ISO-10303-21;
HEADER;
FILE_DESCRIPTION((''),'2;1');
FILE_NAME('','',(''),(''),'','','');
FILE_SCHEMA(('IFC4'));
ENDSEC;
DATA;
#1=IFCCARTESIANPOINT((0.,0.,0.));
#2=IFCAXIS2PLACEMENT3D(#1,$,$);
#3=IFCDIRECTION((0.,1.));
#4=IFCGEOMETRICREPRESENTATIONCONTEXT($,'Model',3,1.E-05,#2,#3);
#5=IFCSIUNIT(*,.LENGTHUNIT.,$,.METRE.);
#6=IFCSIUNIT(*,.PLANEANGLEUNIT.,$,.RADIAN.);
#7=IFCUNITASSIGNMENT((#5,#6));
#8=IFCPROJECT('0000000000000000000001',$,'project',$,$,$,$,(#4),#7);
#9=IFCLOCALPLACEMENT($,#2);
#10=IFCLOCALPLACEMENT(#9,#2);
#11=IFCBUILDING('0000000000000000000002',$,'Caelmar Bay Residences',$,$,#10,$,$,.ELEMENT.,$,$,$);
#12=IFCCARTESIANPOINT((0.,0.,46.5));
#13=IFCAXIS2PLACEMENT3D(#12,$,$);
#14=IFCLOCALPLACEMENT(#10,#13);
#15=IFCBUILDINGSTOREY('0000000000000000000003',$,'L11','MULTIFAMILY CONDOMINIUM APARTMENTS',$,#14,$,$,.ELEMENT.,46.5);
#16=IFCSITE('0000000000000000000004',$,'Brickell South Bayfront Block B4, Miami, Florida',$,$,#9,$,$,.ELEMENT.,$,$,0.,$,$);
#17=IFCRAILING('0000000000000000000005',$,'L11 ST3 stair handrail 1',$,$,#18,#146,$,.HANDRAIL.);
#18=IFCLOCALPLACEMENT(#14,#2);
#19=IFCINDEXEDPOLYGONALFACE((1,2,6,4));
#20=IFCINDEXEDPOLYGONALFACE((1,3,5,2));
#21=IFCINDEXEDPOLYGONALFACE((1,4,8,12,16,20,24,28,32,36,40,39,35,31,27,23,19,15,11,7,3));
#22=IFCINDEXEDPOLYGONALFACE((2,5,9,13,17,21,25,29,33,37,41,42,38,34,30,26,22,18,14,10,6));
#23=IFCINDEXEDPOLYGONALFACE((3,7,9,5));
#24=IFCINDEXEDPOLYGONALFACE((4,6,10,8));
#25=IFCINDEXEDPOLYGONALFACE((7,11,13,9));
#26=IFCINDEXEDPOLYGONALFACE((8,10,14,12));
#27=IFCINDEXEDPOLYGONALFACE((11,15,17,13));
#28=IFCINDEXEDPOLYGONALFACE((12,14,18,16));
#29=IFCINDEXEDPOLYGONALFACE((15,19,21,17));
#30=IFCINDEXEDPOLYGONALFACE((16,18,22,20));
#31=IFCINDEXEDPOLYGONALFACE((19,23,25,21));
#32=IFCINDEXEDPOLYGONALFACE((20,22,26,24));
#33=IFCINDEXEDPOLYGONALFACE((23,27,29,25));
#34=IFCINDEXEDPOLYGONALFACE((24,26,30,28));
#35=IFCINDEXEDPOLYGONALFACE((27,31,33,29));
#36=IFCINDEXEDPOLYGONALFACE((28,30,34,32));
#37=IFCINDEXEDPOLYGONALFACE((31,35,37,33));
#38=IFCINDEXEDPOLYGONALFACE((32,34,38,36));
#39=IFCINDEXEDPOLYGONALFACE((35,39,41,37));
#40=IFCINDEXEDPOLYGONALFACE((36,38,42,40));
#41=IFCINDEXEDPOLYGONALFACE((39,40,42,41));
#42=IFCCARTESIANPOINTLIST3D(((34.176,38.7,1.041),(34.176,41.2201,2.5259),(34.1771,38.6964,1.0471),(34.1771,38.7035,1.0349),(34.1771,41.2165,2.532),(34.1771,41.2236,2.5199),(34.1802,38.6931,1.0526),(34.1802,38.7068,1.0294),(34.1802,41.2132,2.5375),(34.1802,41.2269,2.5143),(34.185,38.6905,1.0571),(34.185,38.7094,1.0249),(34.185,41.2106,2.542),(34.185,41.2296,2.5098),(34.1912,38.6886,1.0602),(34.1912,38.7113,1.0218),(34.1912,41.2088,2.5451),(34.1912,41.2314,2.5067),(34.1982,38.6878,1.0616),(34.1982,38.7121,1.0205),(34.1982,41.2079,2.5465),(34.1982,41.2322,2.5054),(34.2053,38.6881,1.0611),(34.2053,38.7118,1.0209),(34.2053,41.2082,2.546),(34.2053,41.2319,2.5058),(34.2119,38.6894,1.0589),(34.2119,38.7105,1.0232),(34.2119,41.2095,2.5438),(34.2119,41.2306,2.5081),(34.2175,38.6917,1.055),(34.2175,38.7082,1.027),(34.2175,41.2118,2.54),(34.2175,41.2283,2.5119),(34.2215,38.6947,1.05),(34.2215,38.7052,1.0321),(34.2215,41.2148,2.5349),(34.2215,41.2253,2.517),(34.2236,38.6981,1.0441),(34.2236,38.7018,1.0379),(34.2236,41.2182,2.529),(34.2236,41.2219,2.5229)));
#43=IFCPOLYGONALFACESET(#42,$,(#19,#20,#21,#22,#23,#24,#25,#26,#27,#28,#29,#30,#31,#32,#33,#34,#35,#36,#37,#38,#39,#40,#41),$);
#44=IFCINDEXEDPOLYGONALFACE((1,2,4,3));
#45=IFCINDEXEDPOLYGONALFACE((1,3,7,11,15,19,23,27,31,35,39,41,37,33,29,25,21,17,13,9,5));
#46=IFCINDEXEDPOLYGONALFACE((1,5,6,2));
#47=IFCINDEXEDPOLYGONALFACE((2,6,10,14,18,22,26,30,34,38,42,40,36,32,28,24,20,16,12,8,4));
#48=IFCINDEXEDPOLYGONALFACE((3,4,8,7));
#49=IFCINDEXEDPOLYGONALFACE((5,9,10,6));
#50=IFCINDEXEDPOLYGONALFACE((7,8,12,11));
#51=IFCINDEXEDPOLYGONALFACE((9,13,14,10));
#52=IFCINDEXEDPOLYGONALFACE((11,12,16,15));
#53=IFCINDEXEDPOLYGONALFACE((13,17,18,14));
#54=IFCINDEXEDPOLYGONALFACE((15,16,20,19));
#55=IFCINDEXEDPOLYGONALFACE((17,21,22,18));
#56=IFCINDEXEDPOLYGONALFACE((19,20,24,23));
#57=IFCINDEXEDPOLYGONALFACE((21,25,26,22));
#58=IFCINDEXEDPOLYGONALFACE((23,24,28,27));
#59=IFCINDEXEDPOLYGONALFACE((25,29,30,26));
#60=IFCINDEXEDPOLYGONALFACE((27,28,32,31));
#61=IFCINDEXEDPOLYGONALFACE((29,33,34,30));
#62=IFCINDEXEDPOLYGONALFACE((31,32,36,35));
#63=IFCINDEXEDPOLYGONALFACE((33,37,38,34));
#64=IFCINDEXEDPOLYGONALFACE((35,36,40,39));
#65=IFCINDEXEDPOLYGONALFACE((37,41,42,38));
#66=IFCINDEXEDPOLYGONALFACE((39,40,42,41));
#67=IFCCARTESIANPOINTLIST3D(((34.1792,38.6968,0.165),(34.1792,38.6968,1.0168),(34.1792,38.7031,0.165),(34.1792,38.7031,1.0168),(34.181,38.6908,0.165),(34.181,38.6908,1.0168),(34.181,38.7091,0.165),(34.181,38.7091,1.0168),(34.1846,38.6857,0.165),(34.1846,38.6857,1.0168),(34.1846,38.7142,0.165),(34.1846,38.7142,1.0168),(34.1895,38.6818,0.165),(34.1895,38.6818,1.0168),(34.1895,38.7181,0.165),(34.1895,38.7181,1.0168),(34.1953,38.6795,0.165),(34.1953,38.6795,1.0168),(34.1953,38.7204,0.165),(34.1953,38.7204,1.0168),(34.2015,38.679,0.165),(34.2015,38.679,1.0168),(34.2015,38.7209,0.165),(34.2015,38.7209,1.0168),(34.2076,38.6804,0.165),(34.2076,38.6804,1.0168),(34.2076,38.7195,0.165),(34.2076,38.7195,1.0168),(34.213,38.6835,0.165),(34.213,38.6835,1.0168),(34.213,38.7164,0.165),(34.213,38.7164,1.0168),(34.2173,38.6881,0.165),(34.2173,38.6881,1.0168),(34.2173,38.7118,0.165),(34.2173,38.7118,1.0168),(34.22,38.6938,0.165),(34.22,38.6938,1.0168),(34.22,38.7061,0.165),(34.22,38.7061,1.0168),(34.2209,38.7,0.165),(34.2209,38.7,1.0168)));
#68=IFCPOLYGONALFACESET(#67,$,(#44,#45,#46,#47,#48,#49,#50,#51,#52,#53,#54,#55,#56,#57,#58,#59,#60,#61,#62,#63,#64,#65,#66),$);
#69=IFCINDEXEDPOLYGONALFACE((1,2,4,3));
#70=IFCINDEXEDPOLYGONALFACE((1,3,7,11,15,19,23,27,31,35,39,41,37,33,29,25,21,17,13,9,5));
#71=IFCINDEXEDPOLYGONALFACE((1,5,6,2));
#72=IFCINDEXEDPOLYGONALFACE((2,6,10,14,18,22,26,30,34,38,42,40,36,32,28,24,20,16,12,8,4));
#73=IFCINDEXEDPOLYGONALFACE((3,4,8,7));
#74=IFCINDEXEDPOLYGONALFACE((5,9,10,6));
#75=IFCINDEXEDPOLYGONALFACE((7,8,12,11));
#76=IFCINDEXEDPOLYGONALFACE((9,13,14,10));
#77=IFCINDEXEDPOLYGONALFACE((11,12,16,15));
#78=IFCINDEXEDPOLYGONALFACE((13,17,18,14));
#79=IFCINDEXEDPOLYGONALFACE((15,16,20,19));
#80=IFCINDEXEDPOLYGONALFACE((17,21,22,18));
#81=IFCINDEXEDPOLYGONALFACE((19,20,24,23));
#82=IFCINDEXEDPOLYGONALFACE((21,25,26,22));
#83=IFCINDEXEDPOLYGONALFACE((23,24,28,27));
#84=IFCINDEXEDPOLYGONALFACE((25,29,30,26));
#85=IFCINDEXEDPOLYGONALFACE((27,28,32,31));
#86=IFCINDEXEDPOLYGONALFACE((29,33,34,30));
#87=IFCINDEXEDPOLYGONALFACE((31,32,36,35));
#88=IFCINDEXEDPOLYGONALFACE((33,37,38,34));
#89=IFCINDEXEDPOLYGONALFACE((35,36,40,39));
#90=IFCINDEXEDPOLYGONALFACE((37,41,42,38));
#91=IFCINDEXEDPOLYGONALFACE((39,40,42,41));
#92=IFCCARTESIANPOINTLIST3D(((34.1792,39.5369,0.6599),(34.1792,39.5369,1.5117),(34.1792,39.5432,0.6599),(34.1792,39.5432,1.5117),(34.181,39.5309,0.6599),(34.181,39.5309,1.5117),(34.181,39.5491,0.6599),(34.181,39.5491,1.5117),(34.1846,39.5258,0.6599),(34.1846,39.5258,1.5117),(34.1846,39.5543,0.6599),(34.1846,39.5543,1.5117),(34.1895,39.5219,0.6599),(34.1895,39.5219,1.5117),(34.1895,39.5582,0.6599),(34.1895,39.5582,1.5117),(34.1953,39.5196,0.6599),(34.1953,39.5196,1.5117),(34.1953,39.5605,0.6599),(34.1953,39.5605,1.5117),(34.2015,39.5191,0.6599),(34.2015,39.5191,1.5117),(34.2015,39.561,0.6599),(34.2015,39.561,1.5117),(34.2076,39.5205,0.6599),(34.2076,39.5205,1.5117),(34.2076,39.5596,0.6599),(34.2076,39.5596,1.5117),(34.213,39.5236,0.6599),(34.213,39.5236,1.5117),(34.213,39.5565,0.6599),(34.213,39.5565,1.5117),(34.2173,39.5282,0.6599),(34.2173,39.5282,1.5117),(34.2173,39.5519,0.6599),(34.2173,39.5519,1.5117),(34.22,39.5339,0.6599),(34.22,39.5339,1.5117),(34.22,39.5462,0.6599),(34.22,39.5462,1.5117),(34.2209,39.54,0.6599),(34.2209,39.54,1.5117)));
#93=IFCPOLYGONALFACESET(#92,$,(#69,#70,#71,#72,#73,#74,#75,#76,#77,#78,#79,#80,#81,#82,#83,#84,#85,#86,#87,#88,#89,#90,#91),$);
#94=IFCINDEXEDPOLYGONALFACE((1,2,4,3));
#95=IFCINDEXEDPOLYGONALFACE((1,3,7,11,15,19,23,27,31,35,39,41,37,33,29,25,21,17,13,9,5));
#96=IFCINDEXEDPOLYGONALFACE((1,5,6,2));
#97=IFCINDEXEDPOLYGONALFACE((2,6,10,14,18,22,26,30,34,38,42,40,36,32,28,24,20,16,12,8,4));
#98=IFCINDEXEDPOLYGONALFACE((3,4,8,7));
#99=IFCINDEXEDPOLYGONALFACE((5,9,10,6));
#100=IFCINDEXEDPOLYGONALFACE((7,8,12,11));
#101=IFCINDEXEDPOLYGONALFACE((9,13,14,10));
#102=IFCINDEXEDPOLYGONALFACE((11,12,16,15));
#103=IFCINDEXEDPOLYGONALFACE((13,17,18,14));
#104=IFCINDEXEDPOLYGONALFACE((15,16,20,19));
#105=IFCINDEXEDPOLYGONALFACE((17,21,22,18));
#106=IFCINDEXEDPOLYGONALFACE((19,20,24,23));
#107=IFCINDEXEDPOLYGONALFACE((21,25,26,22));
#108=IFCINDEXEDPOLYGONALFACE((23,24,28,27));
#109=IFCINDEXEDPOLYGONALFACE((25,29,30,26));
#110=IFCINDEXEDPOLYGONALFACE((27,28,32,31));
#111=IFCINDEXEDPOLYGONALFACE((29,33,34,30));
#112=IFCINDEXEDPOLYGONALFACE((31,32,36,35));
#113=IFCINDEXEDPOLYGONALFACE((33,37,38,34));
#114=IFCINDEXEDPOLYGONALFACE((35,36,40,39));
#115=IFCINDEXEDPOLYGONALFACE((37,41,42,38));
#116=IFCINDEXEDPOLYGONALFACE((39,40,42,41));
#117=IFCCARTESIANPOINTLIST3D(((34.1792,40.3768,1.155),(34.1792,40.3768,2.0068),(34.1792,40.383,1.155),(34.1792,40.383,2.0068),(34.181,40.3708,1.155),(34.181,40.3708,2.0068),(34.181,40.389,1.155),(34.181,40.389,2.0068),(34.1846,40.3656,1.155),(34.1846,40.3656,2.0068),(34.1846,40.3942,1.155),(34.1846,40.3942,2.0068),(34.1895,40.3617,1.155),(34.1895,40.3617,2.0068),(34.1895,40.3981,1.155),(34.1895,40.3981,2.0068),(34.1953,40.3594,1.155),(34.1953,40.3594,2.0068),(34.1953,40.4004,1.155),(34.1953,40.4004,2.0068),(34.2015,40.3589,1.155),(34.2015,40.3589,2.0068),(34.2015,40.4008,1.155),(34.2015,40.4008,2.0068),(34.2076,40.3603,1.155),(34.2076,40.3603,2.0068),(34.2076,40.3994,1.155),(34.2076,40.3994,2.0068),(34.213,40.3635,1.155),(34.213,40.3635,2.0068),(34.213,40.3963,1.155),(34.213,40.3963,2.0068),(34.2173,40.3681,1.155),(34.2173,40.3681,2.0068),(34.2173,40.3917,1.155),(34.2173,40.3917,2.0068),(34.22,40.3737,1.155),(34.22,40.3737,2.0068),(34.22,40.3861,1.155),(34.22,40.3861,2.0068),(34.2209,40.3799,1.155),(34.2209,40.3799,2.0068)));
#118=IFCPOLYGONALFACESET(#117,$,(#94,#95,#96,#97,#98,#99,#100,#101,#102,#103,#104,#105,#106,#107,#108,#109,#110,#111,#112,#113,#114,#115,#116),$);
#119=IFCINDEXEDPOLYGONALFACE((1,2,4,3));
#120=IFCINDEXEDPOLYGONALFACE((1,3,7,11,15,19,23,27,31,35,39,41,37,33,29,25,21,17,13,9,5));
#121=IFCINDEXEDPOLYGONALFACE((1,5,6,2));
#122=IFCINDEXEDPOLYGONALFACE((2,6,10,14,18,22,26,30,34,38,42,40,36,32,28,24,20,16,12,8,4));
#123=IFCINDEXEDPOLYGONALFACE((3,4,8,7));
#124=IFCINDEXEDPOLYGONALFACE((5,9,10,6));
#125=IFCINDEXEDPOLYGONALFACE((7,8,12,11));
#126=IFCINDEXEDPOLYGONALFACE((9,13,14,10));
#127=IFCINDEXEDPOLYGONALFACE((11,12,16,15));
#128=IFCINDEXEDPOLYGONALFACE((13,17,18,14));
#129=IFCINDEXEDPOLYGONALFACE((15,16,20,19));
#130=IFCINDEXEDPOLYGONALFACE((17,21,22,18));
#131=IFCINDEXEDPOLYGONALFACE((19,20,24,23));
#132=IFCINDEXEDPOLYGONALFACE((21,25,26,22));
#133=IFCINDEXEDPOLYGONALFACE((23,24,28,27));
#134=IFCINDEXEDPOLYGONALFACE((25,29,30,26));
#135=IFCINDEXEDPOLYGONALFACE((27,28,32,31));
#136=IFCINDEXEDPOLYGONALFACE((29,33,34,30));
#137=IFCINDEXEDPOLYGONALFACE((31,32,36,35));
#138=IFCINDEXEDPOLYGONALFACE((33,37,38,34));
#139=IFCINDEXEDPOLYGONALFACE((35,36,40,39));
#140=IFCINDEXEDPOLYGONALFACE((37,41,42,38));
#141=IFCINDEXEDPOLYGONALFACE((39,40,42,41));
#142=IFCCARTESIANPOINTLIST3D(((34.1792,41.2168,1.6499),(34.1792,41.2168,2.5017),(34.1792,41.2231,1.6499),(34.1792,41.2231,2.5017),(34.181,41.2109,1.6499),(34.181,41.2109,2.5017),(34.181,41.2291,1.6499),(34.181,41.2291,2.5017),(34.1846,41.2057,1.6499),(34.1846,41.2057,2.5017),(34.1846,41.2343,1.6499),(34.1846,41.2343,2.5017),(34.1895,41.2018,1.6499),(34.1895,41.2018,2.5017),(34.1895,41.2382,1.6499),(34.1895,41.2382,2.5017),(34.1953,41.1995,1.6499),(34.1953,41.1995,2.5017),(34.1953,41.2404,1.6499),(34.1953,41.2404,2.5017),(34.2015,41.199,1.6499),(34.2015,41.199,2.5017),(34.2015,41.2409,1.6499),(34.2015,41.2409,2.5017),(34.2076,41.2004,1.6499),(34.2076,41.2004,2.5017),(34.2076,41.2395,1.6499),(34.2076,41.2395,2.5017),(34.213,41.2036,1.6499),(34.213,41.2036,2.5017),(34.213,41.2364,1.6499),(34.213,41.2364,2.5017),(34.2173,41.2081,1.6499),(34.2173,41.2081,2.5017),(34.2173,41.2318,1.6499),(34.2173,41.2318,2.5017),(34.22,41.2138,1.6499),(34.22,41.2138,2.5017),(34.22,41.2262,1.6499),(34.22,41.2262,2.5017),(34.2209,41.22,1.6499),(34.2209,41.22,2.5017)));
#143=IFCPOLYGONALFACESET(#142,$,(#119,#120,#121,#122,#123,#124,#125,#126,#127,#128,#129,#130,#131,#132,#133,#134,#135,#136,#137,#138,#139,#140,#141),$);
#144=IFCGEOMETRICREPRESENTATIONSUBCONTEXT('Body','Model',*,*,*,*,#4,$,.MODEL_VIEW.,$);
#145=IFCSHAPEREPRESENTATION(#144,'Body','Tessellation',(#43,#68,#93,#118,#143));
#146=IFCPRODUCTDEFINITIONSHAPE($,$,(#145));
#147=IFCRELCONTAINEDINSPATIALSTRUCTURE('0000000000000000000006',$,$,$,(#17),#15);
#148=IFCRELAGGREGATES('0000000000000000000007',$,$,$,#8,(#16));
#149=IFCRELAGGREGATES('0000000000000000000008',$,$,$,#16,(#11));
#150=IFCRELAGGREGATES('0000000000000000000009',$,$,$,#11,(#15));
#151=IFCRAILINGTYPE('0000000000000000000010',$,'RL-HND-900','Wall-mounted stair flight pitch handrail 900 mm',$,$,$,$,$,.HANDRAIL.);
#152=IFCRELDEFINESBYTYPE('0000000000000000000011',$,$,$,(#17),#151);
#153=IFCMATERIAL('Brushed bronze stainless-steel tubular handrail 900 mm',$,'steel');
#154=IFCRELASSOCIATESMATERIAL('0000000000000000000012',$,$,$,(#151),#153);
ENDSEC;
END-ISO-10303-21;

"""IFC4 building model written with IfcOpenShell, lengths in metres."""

from ifc_helpers import new_model, si_unit, direction, frame, origin, origin_2d, place, context, subcontext, project, spatial, circle, extrude, material, type_object, element, save


model = new_model("IFC4")

# Units and contexts
model_context = context("Model", 3, precision=1e-05, world=origin(), true_north=direction((0.0, 1.0)))
body_context = subcontext(model_context, "Body", "Model", "MODEL_VIEW")
ifc_project = project(units=[si_unit("LENGTHUNIT", "METRE"), si_unit("PLANEANGLEUNIT", "RADIAN")], contexts=[model_context])

# Site, building, storey
site_placement = place(None, origin())
site = spatial("IfcSite", under=ifc_project, at=site_placement, Name="Brickell South Bayfront Block B4, Miami, Florida", CompositionType="ELEMENT", RefElevation=0.0)
building_placement = place(site_placement, origin())
building = spatial("IfcBuilding", under=site, at=building_placement, Name="Caelmar Bay Residences", CompositionType="ELEMENT")
storey_placement = place(building_placement, frame((0.0, 0.0, 46.5)))
storey = spatial("IfcBuildingStorey", under=building, at=storey_placement, Name="L11", Description="MULTIFAMILY CONDOMINIUM APARTMENTS", CompositionType="ELEMENT", Elevation=46.5)

# Railing
ifc_material_1 = material(Name="Brushed bronze stainless-steel tubular handrail 900 mm", Category="steel")
railing_type_1 = type_object("IfcRailingType", Name="RL-HND-900", Description="Wall-mounted stair flight pitch handrail 900 mm", PredefinedType="HANDRAIL", material=ifc_material_1)
railing_1_placement = place(storey_placement, frame((34.2, 38.7, 0.165)))
element("IfcRailing", 1, at=railing_1_placement, inside=storey, type_object=railing_type_1, Name="L11 ST3 stair handrail 1", PredefinedType="HANDRAIL", context=body_context, shape_type="SweptSolid", body=[
    extrude(circle(Radius=0.0239, at=origin_2d()), frame((0.0, 0.0, 0.876), z_axis=(0.0, 0.861561, 0.507655), x_axis=(-1.0, 0.0, 0.0)), (0.0, 0.0, 1.0), 2.925),
    extrude(circle(Radius=0.021, at=origin_2d()), origin(), (0.0, 0.0, 1.0), 0.8518),
    extrude(circle(Radius=0.021, at=origin_2d()), frame((0.0, 0.8401, 0.4949)), (0.0, 0.0, 1.0), 0.8518),
    extrude(circle(Radius=0.021, at=origin_2d()), frame((0.0, 1.6799, 0.99)), (0.0, 0.0, 1.0), 0.8518),
    extrude(circle(Radius=0.021, at=origin_2d()), frame((0.0, 2.52, 1.4849)), (0.0, 0.0, 1.0), 0.8518),
])

save(model, "model.ifc")
